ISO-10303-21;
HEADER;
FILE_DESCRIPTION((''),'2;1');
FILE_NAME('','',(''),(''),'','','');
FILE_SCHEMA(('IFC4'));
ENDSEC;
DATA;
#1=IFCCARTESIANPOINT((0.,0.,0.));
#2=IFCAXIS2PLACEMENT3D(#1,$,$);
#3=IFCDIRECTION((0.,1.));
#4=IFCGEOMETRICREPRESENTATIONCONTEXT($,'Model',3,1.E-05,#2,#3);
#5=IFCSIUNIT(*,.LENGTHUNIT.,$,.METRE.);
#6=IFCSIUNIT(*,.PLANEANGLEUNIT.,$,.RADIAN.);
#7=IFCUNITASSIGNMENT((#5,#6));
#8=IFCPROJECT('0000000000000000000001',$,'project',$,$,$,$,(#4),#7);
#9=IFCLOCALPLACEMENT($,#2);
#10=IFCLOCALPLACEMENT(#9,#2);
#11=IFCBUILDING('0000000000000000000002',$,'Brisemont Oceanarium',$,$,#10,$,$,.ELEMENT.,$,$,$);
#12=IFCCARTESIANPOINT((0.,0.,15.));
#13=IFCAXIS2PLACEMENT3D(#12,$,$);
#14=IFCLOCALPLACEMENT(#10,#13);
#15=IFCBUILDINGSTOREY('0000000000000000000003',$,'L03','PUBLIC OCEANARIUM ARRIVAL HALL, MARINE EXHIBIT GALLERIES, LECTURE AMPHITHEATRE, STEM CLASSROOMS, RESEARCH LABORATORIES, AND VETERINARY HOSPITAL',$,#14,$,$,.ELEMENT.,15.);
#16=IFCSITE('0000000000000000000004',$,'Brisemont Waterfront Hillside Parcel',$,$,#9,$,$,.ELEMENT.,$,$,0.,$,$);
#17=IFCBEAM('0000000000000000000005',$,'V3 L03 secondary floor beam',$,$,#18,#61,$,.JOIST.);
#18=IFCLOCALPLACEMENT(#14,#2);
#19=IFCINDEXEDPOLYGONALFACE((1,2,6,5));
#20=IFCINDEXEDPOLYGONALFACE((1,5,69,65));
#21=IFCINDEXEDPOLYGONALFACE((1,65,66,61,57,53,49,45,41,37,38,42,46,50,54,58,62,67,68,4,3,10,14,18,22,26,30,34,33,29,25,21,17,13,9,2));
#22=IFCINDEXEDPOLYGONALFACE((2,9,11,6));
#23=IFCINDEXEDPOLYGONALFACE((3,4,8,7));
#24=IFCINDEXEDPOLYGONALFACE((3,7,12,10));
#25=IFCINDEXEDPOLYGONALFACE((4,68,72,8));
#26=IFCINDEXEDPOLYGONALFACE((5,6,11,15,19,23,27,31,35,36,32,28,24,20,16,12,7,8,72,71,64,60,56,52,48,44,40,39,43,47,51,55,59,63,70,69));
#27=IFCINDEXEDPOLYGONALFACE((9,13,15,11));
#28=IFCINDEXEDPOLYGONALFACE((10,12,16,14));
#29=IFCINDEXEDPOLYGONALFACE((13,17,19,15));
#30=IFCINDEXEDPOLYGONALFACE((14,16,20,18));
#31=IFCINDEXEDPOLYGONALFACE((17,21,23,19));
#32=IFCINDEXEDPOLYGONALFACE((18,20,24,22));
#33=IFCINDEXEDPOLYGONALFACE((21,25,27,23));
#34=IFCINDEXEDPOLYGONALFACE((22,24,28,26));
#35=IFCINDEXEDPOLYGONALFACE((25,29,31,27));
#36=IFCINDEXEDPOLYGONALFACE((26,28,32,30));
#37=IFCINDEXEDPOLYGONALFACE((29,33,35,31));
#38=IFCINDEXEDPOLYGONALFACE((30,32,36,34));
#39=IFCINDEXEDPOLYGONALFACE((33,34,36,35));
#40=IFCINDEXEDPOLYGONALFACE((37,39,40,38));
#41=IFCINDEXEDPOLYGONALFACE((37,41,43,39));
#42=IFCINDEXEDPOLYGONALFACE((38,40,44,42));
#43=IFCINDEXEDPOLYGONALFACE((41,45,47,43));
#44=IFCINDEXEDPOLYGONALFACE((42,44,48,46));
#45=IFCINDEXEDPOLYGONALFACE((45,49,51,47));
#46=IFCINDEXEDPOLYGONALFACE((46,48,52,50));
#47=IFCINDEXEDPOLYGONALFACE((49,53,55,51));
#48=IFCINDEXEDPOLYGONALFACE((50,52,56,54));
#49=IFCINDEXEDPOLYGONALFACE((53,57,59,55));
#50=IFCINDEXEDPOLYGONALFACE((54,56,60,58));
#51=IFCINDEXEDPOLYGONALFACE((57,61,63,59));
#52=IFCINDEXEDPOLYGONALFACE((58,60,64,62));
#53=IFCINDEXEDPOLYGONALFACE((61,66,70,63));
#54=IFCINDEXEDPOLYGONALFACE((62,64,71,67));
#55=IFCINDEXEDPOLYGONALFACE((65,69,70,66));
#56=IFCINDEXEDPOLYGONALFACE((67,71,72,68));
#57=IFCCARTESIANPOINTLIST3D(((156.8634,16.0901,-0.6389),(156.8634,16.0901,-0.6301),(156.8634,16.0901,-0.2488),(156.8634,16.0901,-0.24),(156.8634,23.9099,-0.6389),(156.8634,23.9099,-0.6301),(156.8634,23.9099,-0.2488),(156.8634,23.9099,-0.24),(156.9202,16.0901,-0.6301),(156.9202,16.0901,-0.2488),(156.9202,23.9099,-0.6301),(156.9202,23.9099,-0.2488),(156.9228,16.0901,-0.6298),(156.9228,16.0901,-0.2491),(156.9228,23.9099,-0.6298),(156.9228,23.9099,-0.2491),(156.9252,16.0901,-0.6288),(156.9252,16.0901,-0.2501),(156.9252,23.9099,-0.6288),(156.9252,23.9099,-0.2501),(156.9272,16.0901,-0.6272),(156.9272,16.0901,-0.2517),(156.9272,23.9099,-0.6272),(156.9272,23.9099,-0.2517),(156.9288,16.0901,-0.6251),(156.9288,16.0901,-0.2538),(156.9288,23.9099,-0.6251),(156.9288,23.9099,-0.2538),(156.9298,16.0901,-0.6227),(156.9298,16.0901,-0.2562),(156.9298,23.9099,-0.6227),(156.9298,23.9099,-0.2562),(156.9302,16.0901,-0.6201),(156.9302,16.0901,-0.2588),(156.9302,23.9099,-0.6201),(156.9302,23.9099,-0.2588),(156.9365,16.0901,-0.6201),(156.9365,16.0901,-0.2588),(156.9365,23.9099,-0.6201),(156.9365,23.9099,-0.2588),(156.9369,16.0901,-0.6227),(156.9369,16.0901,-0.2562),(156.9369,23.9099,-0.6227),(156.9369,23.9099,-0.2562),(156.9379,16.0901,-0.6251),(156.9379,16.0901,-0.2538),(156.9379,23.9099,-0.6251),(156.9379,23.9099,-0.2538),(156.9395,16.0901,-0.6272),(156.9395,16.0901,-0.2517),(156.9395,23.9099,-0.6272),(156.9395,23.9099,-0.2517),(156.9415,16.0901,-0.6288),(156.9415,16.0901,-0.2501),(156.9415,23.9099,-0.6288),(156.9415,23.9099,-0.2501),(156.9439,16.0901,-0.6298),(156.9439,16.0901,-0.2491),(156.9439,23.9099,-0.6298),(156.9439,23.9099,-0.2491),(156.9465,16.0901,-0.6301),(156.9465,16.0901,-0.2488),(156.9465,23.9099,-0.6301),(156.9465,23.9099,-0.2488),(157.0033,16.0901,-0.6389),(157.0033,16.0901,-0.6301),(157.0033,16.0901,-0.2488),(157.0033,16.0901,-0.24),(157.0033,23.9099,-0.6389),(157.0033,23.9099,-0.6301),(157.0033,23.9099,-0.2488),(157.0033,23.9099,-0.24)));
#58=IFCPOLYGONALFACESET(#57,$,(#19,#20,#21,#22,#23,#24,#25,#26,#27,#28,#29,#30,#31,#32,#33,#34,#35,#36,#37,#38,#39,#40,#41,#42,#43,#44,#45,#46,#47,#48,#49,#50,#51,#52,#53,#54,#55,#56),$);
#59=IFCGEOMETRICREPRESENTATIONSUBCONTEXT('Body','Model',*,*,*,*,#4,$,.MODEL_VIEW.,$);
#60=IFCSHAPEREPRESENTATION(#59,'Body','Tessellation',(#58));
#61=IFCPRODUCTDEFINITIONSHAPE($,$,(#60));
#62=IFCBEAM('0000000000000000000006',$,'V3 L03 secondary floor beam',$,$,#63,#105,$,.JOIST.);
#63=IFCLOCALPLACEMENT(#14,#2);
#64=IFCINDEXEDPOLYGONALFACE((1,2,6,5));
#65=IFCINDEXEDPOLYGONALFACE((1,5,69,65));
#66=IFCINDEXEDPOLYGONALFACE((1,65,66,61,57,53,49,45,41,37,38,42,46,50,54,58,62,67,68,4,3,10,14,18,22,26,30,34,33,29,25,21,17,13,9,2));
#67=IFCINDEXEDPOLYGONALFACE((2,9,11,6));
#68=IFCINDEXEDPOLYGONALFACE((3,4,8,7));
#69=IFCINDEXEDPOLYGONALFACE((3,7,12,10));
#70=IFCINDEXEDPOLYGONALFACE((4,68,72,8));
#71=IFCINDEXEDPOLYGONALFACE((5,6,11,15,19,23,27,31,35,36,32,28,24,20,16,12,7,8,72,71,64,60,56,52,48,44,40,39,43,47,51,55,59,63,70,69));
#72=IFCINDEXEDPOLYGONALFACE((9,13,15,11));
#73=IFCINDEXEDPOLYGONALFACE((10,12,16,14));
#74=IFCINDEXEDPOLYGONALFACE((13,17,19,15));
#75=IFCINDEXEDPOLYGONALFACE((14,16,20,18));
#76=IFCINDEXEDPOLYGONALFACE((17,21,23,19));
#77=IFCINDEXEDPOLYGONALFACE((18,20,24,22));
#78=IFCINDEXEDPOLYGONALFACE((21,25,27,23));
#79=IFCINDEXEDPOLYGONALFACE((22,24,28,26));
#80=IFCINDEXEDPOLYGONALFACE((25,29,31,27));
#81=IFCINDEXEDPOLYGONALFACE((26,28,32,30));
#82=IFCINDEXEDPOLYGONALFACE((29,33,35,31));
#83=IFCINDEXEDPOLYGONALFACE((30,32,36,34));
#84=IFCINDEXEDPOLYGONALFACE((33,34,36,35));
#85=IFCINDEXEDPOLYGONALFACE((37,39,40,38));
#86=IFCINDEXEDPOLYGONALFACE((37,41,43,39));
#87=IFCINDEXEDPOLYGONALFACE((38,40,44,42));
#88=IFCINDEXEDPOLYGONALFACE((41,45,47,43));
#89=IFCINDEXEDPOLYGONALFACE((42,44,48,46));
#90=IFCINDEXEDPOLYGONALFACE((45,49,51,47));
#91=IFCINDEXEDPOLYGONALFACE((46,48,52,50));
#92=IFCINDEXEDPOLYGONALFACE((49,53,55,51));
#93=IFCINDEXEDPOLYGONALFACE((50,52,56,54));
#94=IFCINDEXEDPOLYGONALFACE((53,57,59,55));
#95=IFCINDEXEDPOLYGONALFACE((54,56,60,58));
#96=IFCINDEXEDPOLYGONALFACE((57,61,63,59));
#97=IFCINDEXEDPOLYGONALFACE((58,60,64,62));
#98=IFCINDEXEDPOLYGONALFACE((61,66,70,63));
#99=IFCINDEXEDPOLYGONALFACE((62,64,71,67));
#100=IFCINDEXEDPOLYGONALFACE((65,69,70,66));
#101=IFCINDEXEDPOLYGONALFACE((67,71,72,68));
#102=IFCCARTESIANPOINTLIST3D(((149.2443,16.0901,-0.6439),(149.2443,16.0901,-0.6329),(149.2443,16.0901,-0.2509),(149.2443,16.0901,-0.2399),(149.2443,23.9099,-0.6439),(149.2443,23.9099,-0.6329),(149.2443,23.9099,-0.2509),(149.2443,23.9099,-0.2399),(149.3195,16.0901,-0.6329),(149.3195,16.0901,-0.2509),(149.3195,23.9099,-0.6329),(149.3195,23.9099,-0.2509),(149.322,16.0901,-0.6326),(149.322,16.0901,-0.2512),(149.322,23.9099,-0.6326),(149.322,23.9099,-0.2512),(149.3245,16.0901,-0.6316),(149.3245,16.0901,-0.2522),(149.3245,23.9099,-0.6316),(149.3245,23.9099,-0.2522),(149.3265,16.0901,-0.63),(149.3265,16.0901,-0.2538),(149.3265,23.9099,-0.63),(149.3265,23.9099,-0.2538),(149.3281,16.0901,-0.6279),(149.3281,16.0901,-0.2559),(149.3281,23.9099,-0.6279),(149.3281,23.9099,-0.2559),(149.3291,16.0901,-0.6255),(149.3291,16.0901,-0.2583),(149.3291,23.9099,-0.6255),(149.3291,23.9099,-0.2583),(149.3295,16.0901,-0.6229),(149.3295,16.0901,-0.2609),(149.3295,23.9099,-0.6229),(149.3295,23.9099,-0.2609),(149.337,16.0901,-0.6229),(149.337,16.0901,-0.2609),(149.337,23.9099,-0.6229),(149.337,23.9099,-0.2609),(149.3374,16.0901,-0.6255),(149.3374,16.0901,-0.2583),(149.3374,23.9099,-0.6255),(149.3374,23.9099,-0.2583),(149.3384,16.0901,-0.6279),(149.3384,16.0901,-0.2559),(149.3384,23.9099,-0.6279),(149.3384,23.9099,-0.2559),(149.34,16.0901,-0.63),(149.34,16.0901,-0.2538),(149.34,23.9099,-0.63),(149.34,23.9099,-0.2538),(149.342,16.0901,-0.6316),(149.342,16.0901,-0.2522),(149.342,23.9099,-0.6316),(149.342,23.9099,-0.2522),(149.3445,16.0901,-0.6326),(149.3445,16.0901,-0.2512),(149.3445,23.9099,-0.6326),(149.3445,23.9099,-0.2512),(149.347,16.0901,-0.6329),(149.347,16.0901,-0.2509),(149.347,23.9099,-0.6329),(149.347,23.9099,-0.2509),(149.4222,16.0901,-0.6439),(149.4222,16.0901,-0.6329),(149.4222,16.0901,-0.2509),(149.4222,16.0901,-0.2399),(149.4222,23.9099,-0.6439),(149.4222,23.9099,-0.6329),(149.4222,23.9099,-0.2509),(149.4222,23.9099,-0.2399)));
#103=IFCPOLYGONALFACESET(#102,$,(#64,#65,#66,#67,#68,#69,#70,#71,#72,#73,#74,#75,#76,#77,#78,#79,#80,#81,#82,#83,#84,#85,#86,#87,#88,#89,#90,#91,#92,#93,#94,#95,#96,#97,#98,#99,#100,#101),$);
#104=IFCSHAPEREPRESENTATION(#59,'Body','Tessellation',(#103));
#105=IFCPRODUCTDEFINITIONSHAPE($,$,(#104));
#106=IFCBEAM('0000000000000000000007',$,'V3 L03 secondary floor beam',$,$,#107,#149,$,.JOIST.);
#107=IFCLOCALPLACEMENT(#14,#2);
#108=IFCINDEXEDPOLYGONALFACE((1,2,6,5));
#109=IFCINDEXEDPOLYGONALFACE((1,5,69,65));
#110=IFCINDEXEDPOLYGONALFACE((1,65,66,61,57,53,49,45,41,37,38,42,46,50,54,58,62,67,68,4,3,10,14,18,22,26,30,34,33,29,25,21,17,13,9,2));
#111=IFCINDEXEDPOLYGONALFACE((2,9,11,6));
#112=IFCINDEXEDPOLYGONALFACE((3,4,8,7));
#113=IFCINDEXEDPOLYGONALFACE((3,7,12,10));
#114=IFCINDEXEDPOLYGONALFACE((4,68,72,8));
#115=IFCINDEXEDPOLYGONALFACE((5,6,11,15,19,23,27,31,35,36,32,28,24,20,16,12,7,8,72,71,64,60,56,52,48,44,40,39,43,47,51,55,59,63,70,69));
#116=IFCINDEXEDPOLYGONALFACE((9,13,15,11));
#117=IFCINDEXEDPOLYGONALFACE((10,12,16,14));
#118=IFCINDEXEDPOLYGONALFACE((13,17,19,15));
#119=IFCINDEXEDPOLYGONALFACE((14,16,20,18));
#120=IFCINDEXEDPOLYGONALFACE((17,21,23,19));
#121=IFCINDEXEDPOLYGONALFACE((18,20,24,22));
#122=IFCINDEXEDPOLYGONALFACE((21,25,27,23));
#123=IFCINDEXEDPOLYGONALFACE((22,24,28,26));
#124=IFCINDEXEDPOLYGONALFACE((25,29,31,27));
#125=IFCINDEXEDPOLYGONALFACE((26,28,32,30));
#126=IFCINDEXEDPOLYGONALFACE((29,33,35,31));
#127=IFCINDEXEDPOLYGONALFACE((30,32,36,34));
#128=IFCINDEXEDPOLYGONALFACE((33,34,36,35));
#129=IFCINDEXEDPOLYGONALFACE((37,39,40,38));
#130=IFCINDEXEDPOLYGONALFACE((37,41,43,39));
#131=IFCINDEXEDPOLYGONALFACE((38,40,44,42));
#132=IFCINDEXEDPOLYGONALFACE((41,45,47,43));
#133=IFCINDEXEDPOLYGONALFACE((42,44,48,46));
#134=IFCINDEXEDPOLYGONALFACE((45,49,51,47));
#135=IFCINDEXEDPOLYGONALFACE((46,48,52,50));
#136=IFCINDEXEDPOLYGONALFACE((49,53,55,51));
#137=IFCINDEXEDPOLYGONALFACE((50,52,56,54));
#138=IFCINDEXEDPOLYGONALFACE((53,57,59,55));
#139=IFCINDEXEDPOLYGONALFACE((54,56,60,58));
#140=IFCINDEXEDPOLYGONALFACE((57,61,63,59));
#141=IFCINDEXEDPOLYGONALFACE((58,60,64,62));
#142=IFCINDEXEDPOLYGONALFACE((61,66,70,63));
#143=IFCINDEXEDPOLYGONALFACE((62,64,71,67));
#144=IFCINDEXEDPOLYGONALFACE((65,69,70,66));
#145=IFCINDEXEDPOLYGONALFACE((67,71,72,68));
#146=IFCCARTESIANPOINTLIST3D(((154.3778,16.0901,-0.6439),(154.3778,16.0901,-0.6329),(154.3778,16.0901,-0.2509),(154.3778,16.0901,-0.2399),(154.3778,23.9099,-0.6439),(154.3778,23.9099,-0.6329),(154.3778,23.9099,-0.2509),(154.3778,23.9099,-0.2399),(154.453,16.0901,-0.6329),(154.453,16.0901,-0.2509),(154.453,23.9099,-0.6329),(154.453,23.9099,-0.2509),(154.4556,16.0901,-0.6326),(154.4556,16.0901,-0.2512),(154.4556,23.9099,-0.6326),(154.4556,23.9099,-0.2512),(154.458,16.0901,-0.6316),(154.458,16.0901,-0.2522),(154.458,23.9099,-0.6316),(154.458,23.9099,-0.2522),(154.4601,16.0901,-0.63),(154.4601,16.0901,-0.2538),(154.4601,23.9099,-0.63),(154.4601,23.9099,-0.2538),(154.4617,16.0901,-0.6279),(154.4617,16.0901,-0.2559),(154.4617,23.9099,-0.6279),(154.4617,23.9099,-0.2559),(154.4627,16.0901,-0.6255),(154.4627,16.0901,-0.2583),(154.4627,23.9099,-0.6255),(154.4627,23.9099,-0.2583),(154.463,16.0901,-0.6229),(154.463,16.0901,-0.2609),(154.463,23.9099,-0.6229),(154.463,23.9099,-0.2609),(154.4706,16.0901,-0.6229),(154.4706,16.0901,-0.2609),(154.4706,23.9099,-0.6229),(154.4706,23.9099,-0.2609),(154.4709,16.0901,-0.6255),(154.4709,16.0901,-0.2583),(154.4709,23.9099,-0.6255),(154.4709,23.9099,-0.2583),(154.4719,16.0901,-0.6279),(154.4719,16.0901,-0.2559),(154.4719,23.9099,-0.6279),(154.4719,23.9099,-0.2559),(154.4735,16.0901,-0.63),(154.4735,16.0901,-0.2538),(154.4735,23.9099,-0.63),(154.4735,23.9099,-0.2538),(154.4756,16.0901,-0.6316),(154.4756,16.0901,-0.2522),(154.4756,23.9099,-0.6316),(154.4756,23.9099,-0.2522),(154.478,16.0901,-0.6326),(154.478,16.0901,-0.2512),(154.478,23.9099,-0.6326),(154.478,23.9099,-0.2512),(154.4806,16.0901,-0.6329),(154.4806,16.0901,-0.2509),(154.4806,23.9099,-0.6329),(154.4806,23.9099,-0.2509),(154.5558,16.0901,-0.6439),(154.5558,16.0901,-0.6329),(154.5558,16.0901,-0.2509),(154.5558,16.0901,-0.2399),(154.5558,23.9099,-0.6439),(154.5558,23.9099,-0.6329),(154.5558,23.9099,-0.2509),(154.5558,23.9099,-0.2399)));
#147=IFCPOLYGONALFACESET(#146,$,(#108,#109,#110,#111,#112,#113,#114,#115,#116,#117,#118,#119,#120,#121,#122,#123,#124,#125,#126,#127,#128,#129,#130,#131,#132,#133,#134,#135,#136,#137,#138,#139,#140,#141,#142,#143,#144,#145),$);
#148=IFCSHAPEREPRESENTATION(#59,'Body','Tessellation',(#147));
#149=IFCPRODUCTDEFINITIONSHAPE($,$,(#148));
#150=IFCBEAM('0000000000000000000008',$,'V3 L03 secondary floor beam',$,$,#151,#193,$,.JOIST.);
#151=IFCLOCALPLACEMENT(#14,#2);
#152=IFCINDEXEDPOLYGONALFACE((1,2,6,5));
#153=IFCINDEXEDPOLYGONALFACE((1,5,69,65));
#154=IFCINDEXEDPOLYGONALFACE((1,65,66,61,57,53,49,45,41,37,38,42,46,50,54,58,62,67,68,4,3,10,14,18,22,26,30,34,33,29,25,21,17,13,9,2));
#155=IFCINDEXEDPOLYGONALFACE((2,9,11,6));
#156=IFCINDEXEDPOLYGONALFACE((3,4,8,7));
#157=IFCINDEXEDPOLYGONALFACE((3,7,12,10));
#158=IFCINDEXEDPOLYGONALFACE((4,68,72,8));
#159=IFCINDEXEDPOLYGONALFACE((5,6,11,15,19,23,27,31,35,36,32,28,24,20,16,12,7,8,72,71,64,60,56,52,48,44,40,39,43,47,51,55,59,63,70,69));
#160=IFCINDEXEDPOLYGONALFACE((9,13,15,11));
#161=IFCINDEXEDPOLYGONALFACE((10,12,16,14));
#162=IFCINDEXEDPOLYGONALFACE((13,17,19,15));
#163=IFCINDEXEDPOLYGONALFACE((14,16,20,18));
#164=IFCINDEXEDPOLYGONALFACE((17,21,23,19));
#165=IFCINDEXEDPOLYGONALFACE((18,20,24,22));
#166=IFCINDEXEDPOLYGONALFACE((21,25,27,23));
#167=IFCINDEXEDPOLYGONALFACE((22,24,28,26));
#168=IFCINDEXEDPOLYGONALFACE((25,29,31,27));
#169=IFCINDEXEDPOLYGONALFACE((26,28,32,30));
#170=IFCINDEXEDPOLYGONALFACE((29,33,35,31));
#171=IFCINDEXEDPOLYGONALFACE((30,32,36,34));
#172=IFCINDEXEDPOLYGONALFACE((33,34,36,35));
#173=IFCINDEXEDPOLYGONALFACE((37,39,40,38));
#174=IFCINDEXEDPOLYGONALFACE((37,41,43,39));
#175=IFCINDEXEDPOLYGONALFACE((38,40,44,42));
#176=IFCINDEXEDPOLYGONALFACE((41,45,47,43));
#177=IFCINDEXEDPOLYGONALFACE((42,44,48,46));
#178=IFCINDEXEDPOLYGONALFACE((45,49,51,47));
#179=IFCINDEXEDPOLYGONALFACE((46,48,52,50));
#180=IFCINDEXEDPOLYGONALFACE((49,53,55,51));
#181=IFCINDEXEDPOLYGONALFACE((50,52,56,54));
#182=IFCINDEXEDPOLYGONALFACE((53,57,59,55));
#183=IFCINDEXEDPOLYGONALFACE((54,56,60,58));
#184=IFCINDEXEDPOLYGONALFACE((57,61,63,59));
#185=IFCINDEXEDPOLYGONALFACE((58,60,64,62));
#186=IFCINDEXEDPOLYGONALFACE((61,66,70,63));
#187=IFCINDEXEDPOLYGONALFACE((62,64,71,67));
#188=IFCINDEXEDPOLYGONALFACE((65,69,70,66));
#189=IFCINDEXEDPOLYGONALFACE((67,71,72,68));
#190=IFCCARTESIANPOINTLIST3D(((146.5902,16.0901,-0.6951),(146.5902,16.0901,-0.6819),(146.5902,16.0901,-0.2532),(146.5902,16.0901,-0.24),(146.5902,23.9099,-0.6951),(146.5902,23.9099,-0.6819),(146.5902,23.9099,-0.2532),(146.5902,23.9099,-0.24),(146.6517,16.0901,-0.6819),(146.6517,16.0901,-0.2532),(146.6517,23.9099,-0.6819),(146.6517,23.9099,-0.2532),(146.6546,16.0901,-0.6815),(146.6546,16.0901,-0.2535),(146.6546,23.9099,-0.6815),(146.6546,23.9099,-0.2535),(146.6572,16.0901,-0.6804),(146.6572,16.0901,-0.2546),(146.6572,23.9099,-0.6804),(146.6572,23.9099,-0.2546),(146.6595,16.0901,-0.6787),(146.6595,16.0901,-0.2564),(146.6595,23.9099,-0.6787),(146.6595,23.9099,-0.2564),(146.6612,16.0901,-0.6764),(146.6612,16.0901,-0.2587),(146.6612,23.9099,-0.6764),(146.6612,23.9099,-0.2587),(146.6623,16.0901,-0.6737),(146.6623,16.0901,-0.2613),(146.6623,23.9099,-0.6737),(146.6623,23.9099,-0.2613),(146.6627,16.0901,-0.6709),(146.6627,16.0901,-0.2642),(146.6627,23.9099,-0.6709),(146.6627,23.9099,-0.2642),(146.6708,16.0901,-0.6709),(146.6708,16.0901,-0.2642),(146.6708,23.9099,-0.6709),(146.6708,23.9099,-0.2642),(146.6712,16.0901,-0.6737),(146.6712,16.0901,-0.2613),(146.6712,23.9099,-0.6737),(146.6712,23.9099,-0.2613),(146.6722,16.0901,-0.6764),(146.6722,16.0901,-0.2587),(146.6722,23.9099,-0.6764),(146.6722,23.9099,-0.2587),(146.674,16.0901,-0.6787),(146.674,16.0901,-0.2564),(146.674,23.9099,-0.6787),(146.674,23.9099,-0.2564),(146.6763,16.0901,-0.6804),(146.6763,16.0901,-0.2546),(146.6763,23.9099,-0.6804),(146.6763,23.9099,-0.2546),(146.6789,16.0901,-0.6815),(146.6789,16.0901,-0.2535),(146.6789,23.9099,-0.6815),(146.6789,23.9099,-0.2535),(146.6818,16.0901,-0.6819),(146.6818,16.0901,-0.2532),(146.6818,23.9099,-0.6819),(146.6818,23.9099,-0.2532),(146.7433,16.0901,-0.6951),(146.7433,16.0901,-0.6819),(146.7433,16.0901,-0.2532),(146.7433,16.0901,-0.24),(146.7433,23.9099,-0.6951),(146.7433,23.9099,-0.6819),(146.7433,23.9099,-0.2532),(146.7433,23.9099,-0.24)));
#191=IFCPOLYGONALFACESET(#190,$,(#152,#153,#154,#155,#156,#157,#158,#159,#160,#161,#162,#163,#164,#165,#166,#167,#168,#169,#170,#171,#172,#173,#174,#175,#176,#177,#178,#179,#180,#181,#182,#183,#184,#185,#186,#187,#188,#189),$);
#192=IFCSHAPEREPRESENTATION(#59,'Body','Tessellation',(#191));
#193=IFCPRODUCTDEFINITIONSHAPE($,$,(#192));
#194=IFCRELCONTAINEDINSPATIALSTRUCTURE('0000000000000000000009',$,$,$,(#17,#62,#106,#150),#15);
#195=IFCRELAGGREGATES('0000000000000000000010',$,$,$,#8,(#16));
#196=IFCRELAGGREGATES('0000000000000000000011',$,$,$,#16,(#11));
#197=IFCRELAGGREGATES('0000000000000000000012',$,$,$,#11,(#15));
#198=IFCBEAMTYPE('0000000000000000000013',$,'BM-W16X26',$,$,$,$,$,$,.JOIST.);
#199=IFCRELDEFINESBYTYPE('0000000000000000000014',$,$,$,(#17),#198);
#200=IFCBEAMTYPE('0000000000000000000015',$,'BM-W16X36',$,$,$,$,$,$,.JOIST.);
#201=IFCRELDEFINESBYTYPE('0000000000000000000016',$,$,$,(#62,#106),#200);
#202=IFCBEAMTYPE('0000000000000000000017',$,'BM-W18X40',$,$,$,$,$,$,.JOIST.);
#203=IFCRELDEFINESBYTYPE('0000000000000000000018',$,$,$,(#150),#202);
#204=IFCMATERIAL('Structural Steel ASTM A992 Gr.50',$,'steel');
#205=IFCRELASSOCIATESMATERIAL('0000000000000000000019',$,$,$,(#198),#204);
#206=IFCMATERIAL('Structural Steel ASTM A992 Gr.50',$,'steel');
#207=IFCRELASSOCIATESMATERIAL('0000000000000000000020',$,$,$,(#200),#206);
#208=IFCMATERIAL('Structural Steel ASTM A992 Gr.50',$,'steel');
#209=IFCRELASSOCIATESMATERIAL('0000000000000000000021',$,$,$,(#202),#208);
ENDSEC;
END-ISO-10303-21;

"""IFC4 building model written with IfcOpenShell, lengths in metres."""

from ifc_helpers import new_model, si_unit, direction, frame, origin, origin_2d, place, context, subcontext, project, spatial, i_section, extrude, material, material_profile, profile_set, type_object, element, save


model = new_model("IFC4")

# Units and contexts
model_context = context("Model", 3, precision=1e-05, world=origin(), true_north=direction((0.0, 1.0)))
body_context = subcontext(model_context, "Body", "Model", "MODEL_VIEW")
ifc_project = project(units=[si_unit("LENGTHUNIT", "METRE"), si_unit("PLANEANGLEUNIT", "RADIAN")], contexts=[model_context])

# Site, building, storey
site_placement = place(None, origin())
site = spatial("IfcSite", under=ifc_project, at=site_placement, Name="Brisemont Waterfront Hillside Parcel", CompositionType="ELEMENT", RefElevation=0.0)
building_placement = place(site_placement, origin())
building = spatial("IfcBuilding", under=site, at=building_placement, Name="Brisemont Oceanarium", CompositionType="ELEMENT")
storey_placement = place(building_placement, frame((0.0, 0.0, 15.0)))
storey = spatial("IfcBuildingStorey", under=building, at=storey_placement, Name="L03", Description="PUBLIC OCEANARIUM ARRIVAL HALL, MARINE EXHIBIT GALLERIES, LECTURE AMPHITHEATRE, STEM CLASSROOMS, RESEARCH LABORATORIES, AND VETERINARY HOSPITAL", CompositionType="ELEMENT", Elevation=15.0)

# Beams
ifc_material_1 = material(Name="Structural Steel ASTM A992 Gr.50", Category="steel")
ifc_material_profile_1 = material_profile(ifc_material_1, i_section(OverallWidth=0.1399, OverallDepth=0.3989, WebThickness=0.0063, FlangeThickness=0.0088, FilletRadius=0.01, at=origin_2d()), Name="W16X26")
ifc_profile_set_1 = profile_set([ifc_material_profile_1], Name="Structural Steel ASTM A992 Gr.50")
beam_type_1 = type_object("IfcBeamType", Name="BM-W16X26", PredefinedType="JOIST", material=ifc_profile_set_1)
beam_1_placement = place(storey_placement, frame((156.9333, 16.0901, -0.4395), z_axis=(0.0, 1.0, 0.0), x_axis=(-1.0, 0.0, 0.0)))
element("IfcBeam", 1, at=beam_1_placement, inside=storey, type_object=beam_type_1, Name="V3 L03 secondary floor beam", PredefinedType="JOIST", context=body_context, shape_type="SweptSolid", body=[
    extrude(i_section(OverallWidth=0.1399, OverallDepth=0.3989, WebThickness=0.0063, FlangeThickness=0.0088, FilletRadius=0.01, at=origin_2d()), origin(), (0.0, 0.0, 1.0), 7.8198),
])
ifc_material_2 = material(Name="Structural Steel ASTM A992 Gr.50", Category="steel")
ifc_material_profile_2 = material_profile(ifc_material_2, i_section(OverallWidth=0.178, OverallDepth=0.4041, WebThickness=0.0076, FlangeThickness=0.011, FilletRadius=0.01, at=origin_2d()), Name="W16X36")
ifc_profile_set_2 = profile_set([ifc_material_profile_2], Name="Structural Steel ASTM A992 Gr.50")
beam_type_2 = type_object("IfcBeamType", Name="BM-W16X36", PredefinedType="JOIST", material=ifc_profile_set_2)
for number, where, z_axis, x_axis, name in (
    (2, (149.3333, 16.0901, -0.4419), (0.0, 1.0, 0.0), (-1.0, 0.0, 0.0), "V3 L03 secondary floor beam"),
    (3, (154.4668, 16.0901, -0.4419), (0.0, 1.0, 0.0), (-1.0, 0.0, 0.0), "V3 L03 secondary floor beam"),
):
    element("IfcBeam", number, at=place(storey_placement, frame(where, z_axis=z_axis, x_axis=x_axis)), inside=storey, type_object=beam_type_2, Name=name, PredefinedType="JOIST", context=body_context, shape_type="SweptSolid", body=[
        extrude(i_section(OverallWidth=0.178, OverallDepth=0.4041, WebThickness=0.0076, FlangeThickness=0.011, FilletRadius=0.01, at=origin_2d()), origin(), (0.0, 0.0, 1.0), 7.8198),
    ])
ifc_material_3 = material(Name="Structural Steel ASTM A992 Gr.50", Category="steel")
ifc_material_profile_3 = material_profile(ifc_material_3, i_section(OverallWidth=0.1531, OverallDepth=0.4551, WebThickness=0.0081, FlangeThickness=0.0132, FilletRadius=0.011, at=origin_2d()), Name="W18X40")
ifc_profile_set_3 = profile_set([ifc_material_profile_3], Name="Structural Steel ASTM A992 Gr.50")
beam_type_3 = type_object("IfcBeamType", Name="BM-W18X40", PredefinedType="JOIST", material=ifc_profile_set_3)
beam_2_placement = place(storey_placement, frame((146.6667, 16.0901, -0.4675), z_axis=(0.0, 1.0, 0.0), x_axis=(-1.0, 0.0, 0.0)))
element("IfcBeam", 4, at=beam_2_placement, inside=storey, type_object=beam_type_3, Name="V3 L03 secondary floor beam", PredefinedType="JOIST", context=body_context, shape_type="SweptSolid", body=[
    extrude(i_section(OverallWidth=0.1531, OverallDepth=0.4551, WebThickness=0.0081, FlangeThickness=0.0132, FilletRadius=0.011, at=origin_2d()), origin(), (0.0, 0.0, 1.0), 7.8198),
])

save(model, "model.ifc")
